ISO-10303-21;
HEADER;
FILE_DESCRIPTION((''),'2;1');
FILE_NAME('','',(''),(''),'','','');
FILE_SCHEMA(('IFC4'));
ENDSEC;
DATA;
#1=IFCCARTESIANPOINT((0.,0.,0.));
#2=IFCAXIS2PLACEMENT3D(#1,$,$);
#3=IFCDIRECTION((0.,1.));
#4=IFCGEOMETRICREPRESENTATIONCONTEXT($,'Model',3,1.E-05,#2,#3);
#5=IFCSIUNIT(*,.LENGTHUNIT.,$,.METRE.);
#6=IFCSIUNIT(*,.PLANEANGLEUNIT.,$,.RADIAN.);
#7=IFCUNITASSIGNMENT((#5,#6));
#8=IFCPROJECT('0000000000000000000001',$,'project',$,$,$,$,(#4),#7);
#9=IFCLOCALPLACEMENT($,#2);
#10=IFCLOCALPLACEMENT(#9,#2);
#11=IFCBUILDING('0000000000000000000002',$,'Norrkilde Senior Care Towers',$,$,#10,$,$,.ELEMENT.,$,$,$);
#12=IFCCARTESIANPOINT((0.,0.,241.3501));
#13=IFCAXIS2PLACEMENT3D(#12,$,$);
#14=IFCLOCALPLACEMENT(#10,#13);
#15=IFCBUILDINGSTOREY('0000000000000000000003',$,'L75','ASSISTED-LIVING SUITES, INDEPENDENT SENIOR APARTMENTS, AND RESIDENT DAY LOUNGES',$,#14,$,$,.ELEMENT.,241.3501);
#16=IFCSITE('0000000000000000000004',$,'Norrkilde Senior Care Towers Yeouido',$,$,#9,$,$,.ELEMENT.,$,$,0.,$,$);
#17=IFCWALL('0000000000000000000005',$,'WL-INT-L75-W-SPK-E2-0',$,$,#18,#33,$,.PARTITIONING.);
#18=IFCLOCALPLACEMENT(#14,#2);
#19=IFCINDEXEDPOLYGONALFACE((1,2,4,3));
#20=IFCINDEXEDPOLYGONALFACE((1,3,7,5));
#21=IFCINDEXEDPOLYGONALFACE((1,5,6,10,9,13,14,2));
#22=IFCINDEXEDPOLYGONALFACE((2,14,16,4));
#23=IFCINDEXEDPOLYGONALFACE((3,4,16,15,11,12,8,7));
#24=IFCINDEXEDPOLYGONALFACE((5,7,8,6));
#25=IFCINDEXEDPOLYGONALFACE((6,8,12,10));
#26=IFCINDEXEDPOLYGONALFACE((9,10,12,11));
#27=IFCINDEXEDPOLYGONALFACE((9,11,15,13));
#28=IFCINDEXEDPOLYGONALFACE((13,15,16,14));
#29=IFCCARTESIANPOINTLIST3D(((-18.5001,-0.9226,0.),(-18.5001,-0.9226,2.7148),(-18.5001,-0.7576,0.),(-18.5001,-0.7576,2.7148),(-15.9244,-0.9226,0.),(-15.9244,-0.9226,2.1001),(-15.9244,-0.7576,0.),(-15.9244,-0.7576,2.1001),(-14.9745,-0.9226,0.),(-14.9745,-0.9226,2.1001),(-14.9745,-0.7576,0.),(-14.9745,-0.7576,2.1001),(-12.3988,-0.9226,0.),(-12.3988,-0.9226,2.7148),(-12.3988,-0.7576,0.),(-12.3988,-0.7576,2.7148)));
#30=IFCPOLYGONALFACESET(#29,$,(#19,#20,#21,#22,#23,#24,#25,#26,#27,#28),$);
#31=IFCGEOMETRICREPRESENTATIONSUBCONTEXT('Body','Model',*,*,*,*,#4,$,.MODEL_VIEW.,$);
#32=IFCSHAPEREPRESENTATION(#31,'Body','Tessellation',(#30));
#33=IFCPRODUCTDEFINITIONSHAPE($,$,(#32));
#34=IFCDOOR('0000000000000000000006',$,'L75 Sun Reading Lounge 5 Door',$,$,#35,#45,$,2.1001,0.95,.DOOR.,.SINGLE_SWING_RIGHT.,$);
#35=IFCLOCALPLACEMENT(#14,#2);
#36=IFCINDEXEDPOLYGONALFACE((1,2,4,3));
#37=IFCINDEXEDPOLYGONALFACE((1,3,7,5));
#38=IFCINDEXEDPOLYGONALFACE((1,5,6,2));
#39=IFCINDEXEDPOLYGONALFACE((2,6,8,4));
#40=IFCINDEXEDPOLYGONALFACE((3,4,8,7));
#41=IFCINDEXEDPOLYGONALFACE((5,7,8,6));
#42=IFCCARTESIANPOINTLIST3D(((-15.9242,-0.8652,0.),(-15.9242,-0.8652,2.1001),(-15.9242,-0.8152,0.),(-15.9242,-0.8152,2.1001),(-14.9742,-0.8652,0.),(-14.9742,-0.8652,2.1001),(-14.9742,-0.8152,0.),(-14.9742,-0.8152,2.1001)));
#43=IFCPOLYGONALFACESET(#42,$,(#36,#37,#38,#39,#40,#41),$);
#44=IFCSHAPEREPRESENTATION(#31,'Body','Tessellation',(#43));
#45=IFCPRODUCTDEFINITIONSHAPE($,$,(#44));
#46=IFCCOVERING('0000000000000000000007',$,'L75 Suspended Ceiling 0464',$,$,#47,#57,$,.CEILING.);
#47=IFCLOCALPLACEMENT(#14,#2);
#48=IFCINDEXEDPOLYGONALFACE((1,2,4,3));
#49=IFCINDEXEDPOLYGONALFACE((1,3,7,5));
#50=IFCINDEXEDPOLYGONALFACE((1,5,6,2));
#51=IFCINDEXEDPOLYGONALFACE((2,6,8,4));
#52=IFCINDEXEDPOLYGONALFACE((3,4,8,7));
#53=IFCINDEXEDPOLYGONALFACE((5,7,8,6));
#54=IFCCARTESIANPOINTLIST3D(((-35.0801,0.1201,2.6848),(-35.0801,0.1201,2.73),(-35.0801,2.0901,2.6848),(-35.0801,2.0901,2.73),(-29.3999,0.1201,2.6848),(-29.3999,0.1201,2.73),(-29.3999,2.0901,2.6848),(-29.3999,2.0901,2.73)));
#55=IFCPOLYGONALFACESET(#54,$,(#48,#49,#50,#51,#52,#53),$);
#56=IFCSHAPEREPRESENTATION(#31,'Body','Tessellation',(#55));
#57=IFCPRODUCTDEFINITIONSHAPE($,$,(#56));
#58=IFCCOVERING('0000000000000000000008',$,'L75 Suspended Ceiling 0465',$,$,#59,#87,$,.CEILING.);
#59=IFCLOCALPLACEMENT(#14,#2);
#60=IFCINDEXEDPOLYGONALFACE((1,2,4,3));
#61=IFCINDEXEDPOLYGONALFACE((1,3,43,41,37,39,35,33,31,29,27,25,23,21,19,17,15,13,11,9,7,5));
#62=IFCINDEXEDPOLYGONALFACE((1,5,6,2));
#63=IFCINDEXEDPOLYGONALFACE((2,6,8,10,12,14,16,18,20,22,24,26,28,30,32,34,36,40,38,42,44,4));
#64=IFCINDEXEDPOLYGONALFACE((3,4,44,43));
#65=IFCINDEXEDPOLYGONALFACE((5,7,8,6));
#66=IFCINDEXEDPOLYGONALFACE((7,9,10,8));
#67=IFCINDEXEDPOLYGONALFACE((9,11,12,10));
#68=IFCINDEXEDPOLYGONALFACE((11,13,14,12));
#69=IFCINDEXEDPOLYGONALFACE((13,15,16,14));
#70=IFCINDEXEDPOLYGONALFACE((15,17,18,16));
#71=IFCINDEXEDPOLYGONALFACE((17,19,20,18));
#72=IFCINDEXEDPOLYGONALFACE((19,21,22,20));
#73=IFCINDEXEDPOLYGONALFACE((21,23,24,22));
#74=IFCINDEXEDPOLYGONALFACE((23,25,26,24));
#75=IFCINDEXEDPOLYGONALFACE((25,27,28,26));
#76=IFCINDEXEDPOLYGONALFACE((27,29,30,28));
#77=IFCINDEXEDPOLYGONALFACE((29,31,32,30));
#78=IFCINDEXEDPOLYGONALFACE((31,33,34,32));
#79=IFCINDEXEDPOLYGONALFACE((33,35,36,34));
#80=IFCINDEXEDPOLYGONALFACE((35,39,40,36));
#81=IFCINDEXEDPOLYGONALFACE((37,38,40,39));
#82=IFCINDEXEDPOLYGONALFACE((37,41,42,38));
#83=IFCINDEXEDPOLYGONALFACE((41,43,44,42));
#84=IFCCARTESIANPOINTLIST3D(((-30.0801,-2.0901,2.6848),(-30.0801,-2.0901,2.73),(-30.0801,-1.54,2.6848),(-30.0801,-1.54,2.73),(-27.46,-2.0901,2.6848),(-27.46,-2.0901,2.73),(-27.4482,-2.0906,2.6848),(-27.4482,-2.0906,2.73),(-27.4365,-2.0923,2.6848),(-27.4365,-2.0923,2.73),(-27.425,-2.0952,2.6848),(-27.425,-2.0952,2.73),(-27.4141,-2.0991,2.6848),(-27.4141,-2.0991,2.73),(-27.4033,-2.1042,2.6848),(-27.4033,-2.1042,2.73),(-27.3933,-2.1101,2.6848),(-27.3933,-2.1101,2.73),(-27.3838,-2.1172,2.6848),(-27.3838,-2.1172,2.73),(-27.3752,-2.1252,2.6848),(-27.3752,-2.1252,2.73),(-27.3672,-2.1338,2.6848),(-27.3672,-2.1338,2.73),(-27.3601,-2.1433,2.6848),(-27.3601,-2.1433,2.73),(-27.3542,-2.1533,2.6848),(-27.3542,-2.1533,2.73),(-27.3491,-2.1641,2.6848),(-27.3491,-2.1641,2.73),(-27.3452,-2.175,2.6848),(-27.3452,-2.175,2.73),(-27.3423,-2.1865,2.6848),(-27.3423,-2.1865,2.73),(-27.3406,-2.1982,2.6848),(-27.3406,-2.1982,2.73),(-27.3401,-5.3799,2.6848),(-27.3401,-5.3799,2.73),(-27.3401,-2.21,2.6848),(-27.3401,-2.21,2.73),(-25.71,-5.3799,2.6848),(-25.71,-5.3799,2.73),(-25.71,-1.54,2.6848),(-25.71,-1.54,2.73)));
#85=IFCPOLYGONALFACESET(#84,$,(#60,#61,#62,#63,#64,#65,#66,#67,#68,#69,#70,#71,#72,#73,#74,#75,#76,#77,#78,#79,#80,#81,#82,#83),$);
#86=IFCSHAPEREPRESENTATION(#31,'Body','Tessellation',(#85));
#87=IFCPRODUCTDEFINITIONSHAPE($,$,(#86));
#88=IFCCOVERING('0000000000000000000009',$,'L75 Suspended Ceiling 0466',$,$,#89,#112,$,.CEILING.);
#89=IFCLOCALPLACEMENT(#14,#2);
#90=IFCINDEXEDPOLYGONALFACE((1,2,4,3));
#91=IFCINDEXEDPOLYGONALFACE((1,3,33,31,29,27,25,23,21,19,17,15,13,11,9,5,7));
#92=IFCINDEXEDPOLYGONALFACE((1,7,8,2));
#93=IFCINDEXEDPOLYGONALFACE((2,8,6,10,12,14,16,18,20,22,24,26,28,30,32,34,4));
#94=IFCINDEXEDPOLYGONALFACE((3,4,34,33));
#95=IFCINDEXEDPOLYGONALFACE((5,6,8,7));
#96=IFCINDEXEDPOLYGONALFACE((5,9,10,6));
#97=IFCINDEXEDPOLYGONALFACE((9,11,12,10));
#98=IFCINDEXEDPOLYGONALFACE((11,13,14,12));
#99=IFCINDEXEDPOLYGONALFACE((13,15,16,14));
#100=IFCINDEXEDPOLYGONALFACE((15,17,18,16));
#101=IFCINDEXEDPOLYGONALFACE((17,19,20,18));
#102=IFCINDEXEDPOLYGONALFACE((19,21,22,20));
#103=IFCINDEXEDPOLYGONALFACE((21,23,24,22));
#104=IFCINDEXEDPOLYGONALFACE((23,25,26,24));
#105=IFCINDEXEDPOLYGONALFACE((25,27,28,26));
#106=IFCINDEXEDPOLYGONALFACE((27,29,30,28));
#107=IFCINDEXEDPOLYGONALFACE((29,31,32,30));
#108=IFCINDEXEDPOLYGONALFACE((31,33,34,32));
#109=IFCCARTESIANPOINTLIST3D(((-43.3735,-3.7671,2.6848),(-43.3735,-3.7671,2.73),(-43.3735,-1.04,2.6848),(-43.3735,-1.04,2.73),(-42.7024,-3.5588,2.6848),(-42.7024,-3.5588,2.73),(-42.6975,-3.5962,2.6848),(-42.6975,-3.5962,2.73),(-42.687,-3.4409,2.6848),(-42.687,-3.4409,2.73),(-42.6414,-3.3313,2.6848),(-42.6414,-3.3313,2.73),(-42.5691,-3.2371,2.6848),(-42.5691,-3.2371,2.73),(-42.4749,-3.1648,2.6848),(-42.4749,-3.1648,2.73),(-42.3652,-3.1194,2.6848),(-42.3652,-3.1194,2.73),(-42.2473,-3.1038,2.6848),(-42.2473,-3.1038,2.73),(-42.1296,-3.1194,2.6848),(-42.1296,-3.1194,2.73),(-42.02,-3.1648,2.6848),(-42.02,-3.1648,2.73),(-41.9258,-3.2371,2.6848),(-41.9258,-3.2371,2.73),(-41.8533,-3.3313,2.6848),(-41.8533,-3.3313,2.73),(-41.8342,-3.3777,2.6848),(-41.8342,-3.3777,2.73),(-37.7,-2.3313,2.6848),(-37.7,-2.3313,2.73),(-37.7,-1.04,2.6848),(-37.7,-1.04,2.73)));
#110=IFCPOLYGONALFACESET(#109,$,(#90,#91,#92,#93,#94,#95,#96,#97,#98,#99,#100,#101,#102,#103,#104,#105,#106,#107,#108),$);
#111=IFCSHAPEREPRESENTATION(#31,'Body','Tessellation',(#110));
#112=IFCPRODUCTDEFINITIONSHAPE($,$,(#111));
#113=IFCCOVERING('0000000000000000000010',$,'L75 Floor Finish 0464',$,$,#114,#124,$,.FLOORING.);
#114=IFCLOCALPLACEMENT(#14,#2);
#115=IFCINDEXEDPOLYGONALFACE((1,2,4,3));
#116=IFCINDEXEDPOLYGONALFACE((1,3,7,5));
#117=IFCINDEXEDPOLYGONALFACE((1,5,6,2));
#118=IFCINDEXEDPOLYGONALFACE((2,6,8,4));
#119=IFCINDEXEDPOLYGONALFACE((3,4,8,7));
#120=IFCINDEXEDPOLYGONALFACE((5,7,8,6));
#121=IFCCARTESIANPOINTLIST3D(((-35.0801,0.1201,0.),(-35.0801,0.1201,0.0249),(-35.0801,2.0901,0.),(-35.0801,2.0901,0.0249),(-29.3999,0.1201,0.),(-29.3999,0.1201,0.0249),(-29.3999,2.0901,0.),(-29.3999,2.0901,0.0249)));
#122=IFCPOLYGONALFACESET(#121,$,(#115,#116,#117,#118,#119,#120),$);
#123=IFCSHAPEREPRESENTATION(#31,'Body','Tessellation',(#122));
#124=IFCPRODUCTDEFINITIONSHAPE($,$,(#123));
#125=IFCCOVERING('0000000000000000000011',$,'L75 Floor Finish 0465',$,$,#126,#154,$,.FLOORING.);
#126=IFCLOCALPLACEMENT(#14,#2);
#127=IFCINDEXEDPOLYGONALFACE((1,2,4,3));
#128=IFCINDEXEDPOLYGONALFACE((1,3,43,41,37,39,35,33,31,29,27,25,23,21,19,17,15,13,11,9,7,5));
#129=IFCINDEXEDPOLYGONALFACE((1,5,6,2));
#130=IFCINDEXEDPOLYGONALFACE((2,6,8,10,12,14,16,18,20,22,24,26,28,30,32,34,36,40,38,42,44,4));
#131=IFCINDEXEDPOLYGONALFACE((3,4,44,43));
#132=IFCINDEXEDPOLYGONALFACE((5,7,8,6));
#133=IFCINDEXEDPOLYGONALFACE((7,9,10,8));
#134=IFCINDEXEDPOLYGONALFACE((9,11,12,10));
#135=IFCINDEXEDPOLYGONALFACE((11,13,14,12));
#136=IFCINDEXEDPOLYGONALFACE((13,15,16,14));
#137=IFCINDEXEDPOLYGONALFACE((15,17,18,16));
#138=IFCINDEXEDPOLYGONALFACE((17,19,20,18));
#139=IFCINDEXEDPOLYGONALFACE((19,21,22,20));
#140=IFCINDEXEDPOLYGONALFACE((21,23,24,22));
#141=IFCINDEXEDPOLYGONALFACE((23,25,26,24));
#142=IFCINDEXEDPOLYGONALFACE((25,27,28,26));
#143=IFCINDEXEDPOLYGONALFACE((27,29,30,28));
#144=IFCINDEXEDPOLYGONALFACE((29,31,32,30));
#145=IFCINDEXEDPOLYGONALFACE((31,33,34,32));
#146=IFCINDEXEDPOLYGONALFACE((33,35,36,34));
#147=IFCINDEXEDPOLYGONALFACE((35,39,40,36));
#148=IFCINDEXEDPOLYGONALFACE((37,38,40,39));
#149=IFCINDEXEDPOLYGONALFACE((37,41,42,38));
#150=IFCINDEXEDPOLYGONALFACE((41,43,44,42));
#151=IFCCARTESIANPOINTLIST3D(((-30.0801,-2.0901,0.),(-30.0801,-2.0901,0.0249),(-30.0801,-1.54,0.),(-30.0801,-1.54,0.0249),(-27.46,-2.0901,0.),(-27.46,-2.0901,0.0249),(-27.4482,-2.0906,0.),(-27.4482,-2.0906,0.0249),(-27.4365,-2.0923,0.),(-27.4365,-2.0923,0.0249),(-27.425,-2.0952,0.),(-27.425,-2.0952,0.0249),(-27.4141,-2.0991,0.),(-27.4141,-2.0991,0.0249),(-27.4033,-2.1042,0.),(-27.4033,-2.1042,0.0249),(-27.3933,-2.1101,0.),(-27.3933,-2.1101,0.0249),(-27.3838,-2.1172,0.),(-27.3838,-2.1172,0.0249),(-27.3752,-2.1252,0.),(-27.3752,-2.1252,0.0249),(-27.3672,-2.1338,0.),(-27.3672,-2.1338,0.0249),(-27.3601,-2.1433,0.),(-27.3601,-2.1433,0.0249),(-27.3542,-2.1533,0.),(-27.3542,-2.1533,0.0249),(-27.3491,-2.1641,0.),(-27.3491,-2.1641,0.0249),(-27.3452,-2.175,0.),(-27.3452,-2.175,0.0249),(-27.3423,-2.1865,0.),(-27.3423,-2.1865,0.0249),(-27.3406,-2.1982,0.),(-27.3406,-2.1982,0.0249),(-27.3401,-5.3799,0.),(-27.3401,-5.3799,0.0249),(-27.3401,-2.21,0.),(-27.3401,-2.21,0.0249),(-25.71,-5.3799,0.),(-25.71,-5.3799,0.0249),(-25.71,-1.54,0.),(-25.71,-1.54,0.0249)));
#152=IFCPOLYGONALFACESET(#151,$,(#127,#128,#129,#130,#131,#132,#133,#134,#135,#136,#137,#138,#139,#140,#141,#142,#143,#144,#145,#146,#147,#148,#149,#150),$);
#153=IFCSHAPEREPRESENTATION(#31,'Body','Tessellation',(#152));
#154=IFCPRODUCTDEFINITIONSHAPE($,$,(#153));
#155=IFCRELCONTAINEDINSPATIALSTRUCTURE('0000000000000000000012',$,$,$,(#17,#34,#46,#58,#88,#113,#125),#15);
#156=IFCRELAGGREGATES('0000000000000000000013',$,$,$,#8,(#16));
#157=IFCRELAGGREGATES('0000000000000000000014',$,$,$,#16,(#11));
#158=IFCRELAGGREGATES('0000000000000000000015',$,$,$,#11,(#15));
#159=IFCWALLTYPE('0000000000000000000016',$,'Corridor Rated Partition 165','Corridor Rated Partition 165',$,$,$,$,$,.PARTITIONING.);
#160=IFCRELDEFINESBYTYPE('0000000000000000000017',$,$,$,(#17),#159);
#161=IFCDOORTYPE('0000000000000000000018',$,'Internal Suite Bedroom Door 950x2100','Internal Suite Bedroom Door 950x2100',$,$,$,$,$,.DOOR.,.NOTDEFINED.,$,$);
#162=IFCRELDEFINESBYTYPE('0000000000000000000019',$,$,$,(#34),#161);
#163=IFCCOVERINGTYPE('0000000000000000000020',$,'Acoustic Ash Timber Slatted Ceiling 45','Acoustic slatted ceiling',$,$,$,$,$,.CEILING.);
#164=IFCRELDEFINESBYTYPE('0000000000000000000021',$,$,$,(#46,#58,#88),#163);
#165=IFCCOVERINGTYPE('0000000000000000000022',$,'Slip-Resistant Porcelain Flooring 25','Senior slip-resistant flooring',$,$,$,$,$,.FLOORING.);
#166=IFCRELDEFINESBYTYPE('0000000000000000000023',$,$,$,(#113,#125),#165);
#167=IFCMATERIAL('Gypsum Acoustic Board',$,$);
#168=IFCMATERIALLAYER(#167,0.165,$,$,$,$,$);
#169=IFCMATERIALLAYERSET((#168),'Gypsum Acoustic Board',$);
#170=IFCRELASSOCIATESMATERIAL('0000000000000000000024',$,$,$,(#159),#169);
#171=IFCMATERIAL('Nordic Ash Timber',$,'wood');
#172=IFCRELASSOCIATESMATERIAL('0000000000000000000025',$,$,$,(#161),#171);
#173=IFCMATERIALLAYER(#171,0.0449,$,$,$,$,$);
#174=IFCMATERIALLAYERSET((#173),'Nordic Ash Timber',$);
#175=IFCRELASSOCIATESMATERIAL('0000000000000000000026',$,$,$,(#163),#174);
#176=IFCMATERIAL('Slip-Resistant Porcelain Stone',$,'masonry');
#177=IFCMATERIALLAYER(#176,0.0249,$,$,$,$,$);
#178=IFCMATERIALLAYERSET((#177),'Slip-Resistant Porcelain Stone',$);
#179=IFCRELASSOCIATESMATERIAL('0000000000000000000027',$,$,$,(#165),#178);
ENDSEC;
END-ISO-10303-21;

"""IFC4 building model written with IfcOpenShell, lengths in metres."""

from ifc_helpers import new_model, si_unit, direction, frame, frame_2d, origin, place, context, subcontext, project, spatial, polyline, rectangle, outline, extrude, source, transform, mapped, material, layer, layer_set, type_object, type_shapes, element, fill, save


model = new_model("IFC4")

# Units and contexts
model_context = context("Model", 3, precision=1e-05, world=origin(), true_north=direction((0.0, 1.0)))
body_context = subcontext(model_context, "Body", "Model", "MODEL_VIEW")
ifc_project = project(units=[si_unit("LENGTHUNIT", "METRE"), si_unit("PLANEANGLEUNIT", "RADIAN")], contexts=[model_context])

# Site, building, storey
site_placement = place(None, origin())
site = spatial("IfcSite", under=ifc_project, at=site_placement, Name="Norrkilde Senior Care Towers Yeouido", CompositionType="ELEMENT", RefElevation=0.0)
building_placement = place(site_placement, origin())
building = spatial("IfcBuilding", under=site, at=building_placement, Name="Norrkilde Senior Care Towers", CompositionType="ELEMENT")
storey_placement = place(building_placement, frame((0.0, 0.0, 241.3501)))
storey = spatial("IfcBuildingStorey", under=building, at=storey_placement, Name="L75", Description="ASSISTED-LIVING SUITES, INDEPENDENT SENIOR APARTMENTS, AND RESIDENT DAY LOUNGES", CompositionType="ELEMENT", Elevation=241.3501)

# Wall, opening, door
ifc_material_1 = material(Name="Gypsum Acoustic Board")
ifc_layer_1 = layer(ifc_material_1, 0.165)
ifc_layer_set_1 = layer_set([ifc_layer_1], Name="Gypsum Acoustic Board")
wall_type = type_object("IfcWallType", Name="Corridor Rated Partition 165", Description="Corridor Rated Partition 165", PredefinedType="PARTITIONING", material=ifc_layer_set_1)
shared_shape_1 = source(origin(), body_context, "Body", "SweptSolid", [
    extrude(rectangle(XDim=6.1013, YDim=0.165, at=frame_2d((3.0508, 0.0))), origin(), (0.0, 0.0, 1.0), 2.7148),
])
type_shapes(wall_type, [shared_shape_1])
wall_placement = place(storey_placement, frame((-12.3987, -0.8401, 0.0), z_axis=(0.0, 0.0, 1.0), x_axis=(-1.0, 0.0, 0.0)))
wall = element("IfcWall", 1, at=wall_placement, inside=storey, type_object=wall_type, Name="WL-INT-L75-W-SPK-E2-0", PredefinedType="PARTITIONING", context=body_context, shape_type="MappedRepresentation", body=[
    mapped(shared_shape_1, transform((0.0, 0.0, 0.0), x_axis=(1.0, 0.0, 0.0), y_axis=(0.0, 1.0, 0.0), z_axis=(0.0, 0.0, 1.0), scale=1.0)),
])
opening_placement = place(wall_placement, frame((2.5757, 0.0, 0.0)))
opening = element("IfcOpeningElement", 2, at=opening_placement, cuts=wall, PredefinedType="OPENING", context=body_context, shape_type="SweptSolid", body=[
    extrude(rectangle(XDim=0.95, YDim=2.1001, at=frame_2d((0.4751, 1.05))), frame((0.0, 0.0925, 0.0), z_axis=(0.0, -1.0, 0.0), x_axis=(1.0, 0.0, 0.0)), (0.0, 0.0, 1.0), 0.1851),
])
ifc_material_2 = material(Name="Nordic Ash Timber", Category="wood")
door_type = type_object("IfcDoorType", Name="Internal Suite Bedroom Door 950x2100", Description="Internal Suite Bedroom Door 950x2100", OperationType="NOTDEFINED", PredefinedType="DOOR", material=ifc_material_2)
shared_shape_2 = source(origin(), body_context, "Body", "SweptSolid", [
    extrude(rectangle(XDim=0.95, YDim=2.1001, at=frame_2d((0.4751, 1.05))), frame((0.0, 0.0249, 0.0), z_axis=(0.0, -1.0, 0.0), x_axis=(1.0, 0.0, 0.0)), (0.0, 0.0, 1.0), 0.05),
])
type_shapes(door_type, [shared_shape_2])
door_placement = place(opening_placement, frame((0.95, 0.0, 0.0), z_axis=(0.0, 0.0, 1.0), x_axis=(-1.0, 0.0, 0.0)))
door = element("IfcDoor", 3, at=door_placement, inside=storey, type_object=door_type, Name="L75 Sun Reading Lounge 5 Door", OperationType="SINGLE_SWING_RIGHT", OverallHeight=2.1001, OverallWidth=0.95, PredefinedType="DOOR", context=body_context, shape_type="MappedRepresentation", body=[
    mapped(shared_shape_2, transform((0.0, 0.0, 0.0), x_axis=(1.0, 0.0, 0.0), y_axis=(0.0, 1.0, 0.0), z_axis=(0.0, 0.0, 1.0), scale=1.0)),
])
fill(opening, door)

# Coverings
ifc_layer_2 = layer(ifc_material_2, 0.0449)
ifc_layer_set_2 = layer_set([ifc_layer_2], Name="Nordic Ash Timber")
covering_type_1 = type_object("IfcCoveringType", Name="Acoustic Ash Timber Slatted Ceiling 45", Description="Acoustic slatted ceiling", PredefinedType="CEILING", material=ifc_layer_set_2)
covering_1_placement = place(storey_placement, frame((0.0, 0.0, 2.6848)))
element("IfcCovering", 4, at=covering_1_placement, inside=storey, type_object=covering_type_1, Name="L75 Suspended Ceiling 0464", PredefinedType="CEILING", context=body_context, shape_type="SweptSolid", body=[
    extrude(outline(polyline([(-29.3999, 0.1201), (-35.0801, 0.1201), (-35.0801, 2.0901), (-29.3999, 2.0901), (-29.3999, 0.1201)])), origin(), (0.0, 0.0, 1.0), 0.0452),
])
covering_2_placement = place(storey_placement, frame((0.0, 0.0, 2.6848)))
element("IfcCovering", 5, at=covering_2_placement, inside=storey, type_object=covering_type_1, Name="L75 Suspended Ceiling 0465", PredefinedType="CEILING", context=body_context, shape_type="SweptSolid", body=[
    extrude(outline(polyline([(-27.3452, -2.175), (-27.3491, -2.1641), (-27.3542, -2.1533), (-27.3601, -2.1433), (-27.3672, -2.1338), (-27.3752, -2.1252), (-27.3838, -2.1172), (-27.3933, -2.1101), (-27.4033, -2.1042), (-27.4141, -2.0991), (-27.425, -2.0952), (-27.4365, -2.0923), (-27.4482, -2.0906), (-27.46, -2.0901), (-30.0801, -2.0901), (-30.0801, -1.54), (-25.71, -1.54), (-25.71, -5.3799), (-27.3401, -5.3799), (-27.3401, -2.21), (-27.3406, -2.1982), (-27.3423, -2.1865), (-27.3452, -2.175)])), origin(), (0.0, 0.0, 1.0), 0.0452),
])
covering_3_placement = place(storey_placement, frame((0.0, 0.0, 2.6848)))
element("IfcCovering", 6, at=covering_3_placement, inside=storey, type_object=covering_type_1, Name="L75 Suspended Ceiling 0466", PredefinedType="CEILING", context=body_context, shape_type="SweptSolid", body=[
    extrude(outline(polyline([(-37.7, -1.04), (-37.7, -2.3313), (-41.8342, -3.3777), (-41.8533, -3.3313), (-41.9258, -3.2371), (-42.02, -3.1648), (-42.1296, -3.1194), (-42.2473, -3.1038), (-42.3652, -3.1194), (-42.4749, -3.1648), (-42.5691, -3.2371), (-42.6414, -3.3313), (-42.687, -3.4409), (-42.7024, -3.5588), (-42.6975, -3.5962), (-43.3735, -3.7671), (-43.3735, -1.04), (-37.7, -1.04)])), origin(), (0.0, 0.0, 1.0), 0.0452),
])

# Coverings
ifc_material_3 = material(Name="Slip-Resistant Porcelain Stone", Category="masonry")
ifc_layer_3 = layer(ifc_material_3, 0.0249)
ifc_layer_set_3 = layer_set([ifc_layer_3], Name="Slip-Resistant Porcelain Stone")
covering_type_2 = type_object("IfcCoveringType", Name="Slip-Resistant Porcelain Flooring 25", Description="Senior slip-resistant flooring", PredefinedType="FLOORING", material=ifc_layer_set_3)
covering_4_placement = place(storey_placement, origin())
element("IfcCovering", 7, at=covering_4_placement, inside=storey, type_object=covering_type_2, Name="L75 Floor Finish 0464", PredefinedType="FLOORING", context=body_context, shape_type="SweptSolid", body=[
    extrude(outline(polyline([(-29.3999, 0.1201), (-35.0801, 0.1201), (-35.0801, 2.0901), (-29.3999, 2.0901), (-29.3999, 0.1201)])), origin(), (0.0, 0.0, 1.0), 0.0249),
])
covering_5_placement = place(storey_placement, origin())
element("IfcCovering", 8, at=covering_5_placement, inside=storey, type_object=covering_type_2, Name="L75 Floor Finish 0465", PredefinedType="FLOORING", context=body_context, shape_type="SweptSolid", body=[
    extrude(outline(polyline([(-27.3452, -2.175), (-27.3491, -2.1641), (-27.3542, -2.1533), (-27.3601, -2.1433), (-27.3672, -2.1338), (-27.3752, -2.1252), (-27.3838, -2.1172), (-27.3933, -2.1101), (-27.4033, -2.1042), (-27.4141, -2.0991), (-27.425, -2.0952), (-27.4365, -2.0923), (-27.4482, -2.0906), (-27.46, -2.0901), (-30.0801, -2.0901), (-30.0801, -1.54), (-25.71, -1.54), (-25.71, -5.3799), (-27.3401, -5.3799), (-27.3401, -2.21), (-27.3406, -2.1982), (-27.3423, -2.1865), (-27.3452, -2.175)])), origin(), (0.0, 0.0, 1.0), 0.0249),
])

save(model, "model.ifc")
